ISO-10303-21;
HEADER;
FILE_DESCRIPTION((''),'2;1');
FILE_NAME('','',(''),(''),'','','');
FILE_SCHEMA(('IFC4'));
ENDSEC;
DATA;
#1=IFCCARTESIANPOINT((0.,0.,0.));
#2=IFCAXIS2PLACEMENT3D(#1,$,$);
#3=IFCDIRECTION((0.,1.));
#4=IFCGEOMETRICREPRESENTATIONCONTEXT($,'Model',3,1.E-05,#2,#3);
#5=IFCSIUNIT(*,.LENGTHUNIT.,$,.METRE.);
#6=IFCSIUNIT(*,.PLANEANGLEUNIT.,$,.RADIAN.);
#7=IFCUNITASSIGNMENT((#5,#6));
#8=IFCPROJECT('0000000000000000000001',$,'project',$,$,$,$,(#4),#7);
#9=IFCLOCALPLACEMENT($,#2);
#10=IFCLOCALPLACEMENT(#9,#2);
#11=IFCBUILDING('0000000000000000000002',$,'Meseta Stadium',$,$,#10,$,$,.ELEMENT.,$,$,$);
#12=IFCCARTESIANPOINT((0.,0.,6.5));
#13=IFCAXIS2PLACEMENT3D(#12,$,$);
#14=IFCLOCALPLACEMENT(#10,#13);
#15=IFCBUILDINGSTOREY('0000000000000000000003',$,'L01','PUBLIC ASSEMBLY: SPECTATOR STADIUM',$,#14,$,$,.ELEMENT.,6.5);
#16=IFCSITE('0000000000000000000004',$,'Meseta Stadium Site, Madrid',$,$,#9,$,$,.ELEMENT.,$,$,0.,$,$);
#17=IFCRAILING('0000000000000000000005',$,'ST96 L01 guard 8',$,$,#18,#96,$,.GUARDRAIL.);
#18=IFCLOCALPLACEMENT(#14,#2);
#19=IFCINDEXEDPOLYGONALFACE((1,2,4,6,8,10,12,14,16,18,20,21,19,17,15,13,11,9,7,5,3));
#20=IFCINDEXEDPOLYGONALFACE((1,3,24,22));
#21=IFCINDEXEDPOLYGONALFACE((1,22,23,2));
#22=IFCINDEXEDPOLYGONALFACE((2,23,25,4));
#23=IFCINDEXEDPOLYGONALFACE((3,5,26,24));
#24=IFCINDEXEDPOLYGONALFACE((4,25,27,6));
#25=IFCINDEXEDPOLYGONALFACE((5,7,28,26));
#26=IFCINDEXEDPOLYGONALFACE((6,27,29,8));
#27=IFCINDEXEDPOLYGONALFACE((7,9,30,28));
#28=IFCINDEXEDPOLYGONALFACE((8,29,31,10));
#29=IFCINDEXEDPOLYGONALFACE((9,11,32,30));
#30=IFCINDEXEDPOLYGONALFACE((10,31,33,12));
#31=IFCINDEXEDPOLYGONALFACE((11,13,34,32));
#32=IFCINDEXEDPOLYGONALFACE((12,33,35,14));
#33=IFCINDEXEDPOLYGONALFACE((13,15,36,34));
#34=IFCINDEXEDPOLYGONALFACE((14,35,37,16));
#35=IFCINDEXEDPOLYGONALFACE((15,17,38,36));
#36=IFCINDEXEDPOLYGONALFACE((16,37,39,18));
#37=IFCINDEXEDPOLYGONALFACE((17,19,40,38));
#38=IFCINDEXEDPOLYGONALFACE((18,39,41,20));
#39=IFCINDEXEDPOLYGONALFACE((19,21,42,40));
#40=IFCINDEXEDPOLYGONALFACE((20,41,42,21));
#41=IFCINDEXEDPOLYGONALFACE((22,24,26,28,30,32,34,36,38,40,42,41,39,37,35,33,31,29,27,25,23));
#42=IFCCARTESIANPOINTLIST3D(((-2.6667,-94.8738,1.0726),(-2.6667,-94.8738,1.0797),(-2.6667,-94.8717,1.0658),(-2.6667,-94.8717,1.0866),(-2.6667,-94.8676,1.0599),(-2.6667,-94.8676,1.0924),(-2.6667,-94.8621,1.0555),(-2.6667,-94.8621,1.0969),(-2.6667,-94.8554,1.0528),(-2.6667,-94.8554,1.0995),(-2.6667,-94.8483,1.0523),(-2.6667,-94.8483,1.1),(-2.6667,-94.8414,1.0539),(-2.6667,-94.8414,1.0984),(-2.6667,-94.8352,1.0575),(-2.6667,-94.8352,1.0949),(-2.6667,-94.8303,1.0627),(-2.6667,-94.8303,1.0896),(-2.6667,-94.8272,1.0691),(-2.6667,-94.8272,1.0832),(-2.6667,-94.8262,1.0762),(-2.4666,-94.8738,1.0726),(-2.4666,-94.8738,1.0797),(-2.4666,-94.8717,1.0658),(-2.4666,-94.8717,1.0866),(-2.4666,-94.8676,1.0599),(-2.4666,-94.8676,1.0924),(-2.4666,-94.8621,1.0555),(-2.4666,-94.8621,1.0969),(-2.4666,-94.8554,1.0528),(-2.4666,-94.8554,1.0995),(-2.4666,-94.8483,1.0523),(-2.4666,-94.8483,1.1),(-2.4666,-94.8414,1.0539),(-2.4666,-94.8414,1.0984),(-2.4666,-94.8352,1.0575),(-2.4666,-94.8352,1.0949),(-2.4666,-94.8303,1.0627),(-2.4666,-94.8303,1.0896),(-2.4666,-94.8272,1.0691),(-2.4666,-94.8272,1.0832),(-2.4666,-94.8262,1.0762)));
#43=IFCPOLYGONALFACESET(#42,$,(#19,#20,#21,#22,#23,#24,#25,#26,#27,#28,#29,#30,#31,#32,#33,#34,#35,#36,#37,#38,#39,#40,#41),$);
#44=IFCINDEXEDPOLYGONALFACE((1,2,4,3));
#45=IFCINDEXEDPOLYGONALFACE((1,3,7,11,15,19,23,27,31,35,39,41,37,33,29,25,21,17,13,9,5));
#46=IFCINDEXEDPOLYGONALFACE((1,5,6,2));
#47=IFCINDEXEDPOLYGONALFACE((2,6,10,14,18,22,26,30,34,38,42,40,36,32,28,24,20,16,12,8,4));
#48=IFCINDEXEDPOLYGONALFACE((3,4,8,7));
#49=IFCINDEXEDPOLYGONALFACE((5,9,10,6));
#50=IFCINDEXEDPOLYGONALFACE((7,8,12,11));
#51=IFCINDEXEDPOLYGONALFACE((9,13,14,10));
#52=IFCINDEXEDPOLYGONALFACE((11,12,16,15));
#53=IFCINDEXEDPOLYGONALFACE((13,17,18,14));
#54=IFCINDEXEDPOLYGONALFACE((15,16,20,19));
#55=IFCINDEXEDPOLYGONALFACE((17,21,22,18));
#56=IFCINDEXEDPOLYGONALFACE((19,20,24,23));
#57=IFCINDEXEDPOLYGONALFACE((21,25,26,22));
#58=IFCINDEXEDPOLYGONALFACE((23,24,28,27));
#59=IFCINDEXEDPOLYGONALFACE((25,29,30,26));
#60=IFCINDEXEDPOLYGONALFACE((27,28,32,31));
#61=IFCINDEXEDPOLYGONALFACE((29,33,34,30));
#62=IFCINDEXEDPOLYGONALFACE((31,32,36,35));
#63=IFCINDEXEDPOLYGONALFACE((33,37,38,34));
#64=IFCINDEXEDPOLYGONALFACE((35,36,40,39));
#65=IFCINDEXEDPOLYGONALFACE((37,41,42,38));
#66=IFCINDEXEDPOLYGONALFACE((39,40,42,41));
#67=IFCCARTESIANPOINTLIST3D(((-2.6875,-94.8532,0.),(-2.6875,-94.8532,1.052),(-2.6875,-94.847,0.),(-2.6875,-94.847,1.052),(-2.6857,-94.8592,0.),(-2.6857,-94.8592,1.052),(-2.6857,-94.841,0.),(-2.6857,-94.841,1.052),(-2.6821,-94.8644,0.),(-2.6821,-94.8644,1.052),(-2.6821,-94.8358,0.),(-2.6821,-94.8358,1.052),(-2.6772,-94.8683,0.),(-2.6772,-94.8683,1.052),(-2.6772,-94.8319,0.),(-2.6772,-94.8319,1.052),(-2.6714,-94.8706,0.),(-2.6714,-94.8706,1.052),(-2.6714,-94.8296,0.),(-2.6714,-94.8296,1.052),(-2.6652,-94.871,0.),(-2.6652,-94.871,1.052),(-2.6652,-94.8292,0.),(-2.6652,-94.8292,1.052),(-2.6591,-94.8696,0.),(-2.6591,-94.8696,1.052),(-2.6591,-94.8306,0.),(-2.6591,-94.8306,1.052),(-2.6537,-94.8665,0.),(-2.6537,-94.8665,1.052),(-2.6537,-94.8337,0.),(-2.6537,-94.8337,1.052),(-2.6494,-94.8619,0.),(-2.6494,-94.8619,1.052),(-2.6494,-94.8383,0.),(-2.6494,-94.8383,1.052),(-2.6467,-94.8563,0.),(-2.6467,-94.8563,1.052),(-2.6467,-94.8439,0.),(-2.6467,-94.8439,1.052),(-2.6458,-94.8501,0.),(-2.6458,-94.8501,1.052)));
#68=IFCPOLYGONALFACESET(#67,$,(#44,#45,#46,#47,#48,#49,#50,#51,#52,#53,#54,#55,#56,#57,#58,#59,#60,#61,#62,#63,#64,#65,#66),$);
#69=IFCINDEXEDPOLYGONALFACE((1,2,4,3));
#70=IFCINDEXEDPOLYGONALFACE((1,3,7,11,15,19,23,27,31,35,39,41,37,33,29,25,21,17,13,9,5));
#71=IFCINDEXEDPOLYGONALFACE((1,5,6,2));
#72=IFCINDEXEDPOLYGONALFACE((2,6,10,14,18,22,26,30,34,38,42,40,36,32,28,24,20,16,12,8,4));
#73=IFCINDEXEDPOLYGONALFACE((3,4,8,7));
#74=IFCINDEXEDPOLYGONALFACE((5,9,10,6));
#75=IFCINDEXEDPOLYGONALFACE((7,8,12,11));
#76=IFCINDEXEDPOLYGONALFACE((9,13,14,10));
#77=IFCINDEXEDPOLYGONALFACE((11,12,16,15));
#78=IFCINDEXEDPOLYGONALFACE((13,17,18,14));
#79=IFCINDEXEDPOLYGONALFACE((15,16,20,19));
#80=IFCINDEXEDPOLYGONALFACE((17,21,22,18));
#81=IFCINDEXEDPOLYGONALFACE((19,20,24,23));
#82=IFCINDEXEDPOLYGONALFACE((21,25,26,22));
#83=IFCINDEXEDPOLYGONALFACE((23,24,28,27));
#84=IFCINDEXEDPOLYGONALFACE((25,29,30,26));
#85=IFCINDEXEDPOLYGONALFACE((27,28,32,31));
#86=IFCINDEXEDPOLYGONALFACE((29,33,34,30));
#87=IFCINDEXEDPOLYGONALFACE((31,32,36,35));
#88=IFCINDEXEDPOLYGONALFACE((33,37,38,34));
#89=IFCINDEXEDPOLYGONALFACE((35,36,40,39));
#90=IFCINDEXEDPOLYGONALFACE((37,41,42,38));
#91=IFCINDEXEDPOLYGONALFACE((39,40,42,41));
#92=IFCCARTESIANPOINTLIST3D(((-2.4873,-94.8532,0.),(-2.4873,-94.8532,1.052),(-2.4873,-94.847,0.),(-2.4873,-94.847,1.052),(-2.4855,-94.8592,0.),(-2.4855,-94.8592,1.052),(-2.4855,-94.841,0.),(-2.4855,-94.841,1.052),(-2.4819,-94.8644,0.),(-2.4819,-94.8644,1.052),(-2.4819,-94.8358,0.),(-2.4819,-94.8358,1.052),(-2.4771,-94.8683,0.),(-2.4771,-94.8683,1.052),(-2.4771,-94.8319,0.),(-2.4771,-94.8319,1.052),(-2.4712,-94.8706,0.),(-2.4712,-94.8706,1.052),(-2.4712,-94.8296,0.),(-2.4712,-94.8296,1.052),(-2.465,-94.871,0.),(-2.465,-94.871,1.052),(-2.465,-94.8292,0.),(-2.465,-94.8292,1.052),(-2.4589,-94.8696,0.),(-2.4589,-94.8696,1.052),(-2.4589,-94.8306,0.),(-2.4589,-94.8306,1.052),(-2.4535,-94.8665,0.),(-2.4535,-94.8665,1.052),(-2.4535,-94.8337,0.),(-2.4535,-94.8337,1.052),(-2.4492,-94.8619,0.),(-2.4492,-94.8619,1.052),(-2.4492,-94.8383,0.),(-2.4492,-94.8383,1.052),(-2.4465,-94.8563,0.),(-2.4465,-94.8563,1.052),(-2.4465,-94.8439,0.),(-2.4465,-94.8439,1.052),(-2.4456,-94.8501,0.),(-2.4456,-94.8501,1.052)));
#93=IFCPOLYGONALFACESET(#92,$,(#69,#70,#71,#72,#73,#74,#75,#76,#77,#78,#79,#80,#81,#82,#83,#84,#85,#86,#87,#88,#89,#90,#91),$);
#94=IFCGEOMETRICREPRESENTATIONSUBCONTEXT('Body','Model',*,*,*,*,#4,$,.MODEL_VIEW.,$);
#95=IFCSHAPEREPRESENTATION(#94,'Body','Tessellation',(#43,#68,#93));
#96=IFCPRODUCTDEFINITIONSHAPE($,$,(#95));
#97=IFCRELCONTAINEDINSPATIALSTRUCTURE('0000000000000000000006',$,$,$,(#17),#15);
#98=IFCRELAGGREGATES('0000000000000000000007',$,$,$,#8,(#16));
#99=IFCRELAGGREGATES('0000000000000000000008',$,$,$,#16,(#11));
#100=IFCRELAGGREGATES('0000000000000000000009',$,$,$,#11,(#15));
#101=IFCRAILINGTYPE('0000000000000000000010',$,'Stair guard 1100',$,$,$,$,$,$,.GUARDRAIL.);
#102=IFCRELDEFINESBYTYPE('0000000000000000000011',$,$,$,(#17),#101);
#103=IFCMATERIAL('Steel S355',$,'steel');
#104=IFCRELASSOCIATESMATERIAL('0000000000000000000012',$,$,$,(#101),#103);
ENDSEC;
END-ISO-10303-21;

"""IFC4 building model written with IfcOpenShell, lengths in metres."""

from ifc_helpers import new_model, si_unit, direction, frame, origin, origin_2d, place, context, subcontext, project, spatial, circle, extrude, material, type_object, element, save


model = new_model("IFC4")

# Units and contexts
model_context = context("Model", 3, precision=1e-05, world=origin(), true_north=direction((0.0, 1.0)))
body_context = subcontext(model_context, "Body", "Model", "MODEL_VIEW")
ifc_project = project(units=[si_unit("LENGTHUNIT", "METRE"), si_unit("PLANEANGLEUNIT", "RADIAN")], contexts=[model_context])

# Site, building, storey
site_placement = place(None, origin())
site = spatial("IfcSite", under=ifc_project, at=site_placement, Name="Meseta Stadium Site, Madrid", CompositionType="ELEMENT", RefElevation=0.0)
building_placement = place(site_placement, origin())
building = spatial("IfcBuilding", under=site, at=building_placement, Name="Meseta Stadium", CompositionType="ELEMENT")
storey_placement = place(building_placement, frame((0.0, 0.0, 6.5)))
storey = spatial("IfcBuildingStorey", under=building, at=storey_placement, Name="L01", Description="PUBLIC ASSEMBLY: SPECTATOR STADIUM", CompositionType="ELEMENT", Elevation=6.5)

# Railing
ifc_material_1 = material(Name="Steel S355", Category="steel")
railing_type = type_object("IfcRailingType", Name="Stair guard 1100", PredefinedType="GUARDRAIL", material=ifc_material_1)
railing_1_placement = place(storey_placement, frame((-2.6667, -94.8501, 0.0)))
element("IfcRailing", 1, at=railing_1_placement, inside=storey, type_object=railing_type, Name="ST96 L01 guard 8", PredefinedType="GUARDRAIL", context=body_context, shape_type="SweptSolid", body=[
    extrude(circle(Radius=0.0239, at=origin_2d()), frame((0.0, 0.0, 1.0762), z_axis=(1.0, 0.0, 0.0), x_axis=(0.0, 1.0, 0.0)), (0.0, 0.0, 1.0), 0.2002),
    extrude(circle(Radius=0.021, at=origin_2d()), origin(), (0.0, 0.0, 1.0), 1.052),
    extrude(circle(Radius=0.021, at=origin_2d()), frame((0.2002, 0.0, 0.0)), (0.0, 0.0, 1.0), 1.052),
])

save(model, "model.ifc")
